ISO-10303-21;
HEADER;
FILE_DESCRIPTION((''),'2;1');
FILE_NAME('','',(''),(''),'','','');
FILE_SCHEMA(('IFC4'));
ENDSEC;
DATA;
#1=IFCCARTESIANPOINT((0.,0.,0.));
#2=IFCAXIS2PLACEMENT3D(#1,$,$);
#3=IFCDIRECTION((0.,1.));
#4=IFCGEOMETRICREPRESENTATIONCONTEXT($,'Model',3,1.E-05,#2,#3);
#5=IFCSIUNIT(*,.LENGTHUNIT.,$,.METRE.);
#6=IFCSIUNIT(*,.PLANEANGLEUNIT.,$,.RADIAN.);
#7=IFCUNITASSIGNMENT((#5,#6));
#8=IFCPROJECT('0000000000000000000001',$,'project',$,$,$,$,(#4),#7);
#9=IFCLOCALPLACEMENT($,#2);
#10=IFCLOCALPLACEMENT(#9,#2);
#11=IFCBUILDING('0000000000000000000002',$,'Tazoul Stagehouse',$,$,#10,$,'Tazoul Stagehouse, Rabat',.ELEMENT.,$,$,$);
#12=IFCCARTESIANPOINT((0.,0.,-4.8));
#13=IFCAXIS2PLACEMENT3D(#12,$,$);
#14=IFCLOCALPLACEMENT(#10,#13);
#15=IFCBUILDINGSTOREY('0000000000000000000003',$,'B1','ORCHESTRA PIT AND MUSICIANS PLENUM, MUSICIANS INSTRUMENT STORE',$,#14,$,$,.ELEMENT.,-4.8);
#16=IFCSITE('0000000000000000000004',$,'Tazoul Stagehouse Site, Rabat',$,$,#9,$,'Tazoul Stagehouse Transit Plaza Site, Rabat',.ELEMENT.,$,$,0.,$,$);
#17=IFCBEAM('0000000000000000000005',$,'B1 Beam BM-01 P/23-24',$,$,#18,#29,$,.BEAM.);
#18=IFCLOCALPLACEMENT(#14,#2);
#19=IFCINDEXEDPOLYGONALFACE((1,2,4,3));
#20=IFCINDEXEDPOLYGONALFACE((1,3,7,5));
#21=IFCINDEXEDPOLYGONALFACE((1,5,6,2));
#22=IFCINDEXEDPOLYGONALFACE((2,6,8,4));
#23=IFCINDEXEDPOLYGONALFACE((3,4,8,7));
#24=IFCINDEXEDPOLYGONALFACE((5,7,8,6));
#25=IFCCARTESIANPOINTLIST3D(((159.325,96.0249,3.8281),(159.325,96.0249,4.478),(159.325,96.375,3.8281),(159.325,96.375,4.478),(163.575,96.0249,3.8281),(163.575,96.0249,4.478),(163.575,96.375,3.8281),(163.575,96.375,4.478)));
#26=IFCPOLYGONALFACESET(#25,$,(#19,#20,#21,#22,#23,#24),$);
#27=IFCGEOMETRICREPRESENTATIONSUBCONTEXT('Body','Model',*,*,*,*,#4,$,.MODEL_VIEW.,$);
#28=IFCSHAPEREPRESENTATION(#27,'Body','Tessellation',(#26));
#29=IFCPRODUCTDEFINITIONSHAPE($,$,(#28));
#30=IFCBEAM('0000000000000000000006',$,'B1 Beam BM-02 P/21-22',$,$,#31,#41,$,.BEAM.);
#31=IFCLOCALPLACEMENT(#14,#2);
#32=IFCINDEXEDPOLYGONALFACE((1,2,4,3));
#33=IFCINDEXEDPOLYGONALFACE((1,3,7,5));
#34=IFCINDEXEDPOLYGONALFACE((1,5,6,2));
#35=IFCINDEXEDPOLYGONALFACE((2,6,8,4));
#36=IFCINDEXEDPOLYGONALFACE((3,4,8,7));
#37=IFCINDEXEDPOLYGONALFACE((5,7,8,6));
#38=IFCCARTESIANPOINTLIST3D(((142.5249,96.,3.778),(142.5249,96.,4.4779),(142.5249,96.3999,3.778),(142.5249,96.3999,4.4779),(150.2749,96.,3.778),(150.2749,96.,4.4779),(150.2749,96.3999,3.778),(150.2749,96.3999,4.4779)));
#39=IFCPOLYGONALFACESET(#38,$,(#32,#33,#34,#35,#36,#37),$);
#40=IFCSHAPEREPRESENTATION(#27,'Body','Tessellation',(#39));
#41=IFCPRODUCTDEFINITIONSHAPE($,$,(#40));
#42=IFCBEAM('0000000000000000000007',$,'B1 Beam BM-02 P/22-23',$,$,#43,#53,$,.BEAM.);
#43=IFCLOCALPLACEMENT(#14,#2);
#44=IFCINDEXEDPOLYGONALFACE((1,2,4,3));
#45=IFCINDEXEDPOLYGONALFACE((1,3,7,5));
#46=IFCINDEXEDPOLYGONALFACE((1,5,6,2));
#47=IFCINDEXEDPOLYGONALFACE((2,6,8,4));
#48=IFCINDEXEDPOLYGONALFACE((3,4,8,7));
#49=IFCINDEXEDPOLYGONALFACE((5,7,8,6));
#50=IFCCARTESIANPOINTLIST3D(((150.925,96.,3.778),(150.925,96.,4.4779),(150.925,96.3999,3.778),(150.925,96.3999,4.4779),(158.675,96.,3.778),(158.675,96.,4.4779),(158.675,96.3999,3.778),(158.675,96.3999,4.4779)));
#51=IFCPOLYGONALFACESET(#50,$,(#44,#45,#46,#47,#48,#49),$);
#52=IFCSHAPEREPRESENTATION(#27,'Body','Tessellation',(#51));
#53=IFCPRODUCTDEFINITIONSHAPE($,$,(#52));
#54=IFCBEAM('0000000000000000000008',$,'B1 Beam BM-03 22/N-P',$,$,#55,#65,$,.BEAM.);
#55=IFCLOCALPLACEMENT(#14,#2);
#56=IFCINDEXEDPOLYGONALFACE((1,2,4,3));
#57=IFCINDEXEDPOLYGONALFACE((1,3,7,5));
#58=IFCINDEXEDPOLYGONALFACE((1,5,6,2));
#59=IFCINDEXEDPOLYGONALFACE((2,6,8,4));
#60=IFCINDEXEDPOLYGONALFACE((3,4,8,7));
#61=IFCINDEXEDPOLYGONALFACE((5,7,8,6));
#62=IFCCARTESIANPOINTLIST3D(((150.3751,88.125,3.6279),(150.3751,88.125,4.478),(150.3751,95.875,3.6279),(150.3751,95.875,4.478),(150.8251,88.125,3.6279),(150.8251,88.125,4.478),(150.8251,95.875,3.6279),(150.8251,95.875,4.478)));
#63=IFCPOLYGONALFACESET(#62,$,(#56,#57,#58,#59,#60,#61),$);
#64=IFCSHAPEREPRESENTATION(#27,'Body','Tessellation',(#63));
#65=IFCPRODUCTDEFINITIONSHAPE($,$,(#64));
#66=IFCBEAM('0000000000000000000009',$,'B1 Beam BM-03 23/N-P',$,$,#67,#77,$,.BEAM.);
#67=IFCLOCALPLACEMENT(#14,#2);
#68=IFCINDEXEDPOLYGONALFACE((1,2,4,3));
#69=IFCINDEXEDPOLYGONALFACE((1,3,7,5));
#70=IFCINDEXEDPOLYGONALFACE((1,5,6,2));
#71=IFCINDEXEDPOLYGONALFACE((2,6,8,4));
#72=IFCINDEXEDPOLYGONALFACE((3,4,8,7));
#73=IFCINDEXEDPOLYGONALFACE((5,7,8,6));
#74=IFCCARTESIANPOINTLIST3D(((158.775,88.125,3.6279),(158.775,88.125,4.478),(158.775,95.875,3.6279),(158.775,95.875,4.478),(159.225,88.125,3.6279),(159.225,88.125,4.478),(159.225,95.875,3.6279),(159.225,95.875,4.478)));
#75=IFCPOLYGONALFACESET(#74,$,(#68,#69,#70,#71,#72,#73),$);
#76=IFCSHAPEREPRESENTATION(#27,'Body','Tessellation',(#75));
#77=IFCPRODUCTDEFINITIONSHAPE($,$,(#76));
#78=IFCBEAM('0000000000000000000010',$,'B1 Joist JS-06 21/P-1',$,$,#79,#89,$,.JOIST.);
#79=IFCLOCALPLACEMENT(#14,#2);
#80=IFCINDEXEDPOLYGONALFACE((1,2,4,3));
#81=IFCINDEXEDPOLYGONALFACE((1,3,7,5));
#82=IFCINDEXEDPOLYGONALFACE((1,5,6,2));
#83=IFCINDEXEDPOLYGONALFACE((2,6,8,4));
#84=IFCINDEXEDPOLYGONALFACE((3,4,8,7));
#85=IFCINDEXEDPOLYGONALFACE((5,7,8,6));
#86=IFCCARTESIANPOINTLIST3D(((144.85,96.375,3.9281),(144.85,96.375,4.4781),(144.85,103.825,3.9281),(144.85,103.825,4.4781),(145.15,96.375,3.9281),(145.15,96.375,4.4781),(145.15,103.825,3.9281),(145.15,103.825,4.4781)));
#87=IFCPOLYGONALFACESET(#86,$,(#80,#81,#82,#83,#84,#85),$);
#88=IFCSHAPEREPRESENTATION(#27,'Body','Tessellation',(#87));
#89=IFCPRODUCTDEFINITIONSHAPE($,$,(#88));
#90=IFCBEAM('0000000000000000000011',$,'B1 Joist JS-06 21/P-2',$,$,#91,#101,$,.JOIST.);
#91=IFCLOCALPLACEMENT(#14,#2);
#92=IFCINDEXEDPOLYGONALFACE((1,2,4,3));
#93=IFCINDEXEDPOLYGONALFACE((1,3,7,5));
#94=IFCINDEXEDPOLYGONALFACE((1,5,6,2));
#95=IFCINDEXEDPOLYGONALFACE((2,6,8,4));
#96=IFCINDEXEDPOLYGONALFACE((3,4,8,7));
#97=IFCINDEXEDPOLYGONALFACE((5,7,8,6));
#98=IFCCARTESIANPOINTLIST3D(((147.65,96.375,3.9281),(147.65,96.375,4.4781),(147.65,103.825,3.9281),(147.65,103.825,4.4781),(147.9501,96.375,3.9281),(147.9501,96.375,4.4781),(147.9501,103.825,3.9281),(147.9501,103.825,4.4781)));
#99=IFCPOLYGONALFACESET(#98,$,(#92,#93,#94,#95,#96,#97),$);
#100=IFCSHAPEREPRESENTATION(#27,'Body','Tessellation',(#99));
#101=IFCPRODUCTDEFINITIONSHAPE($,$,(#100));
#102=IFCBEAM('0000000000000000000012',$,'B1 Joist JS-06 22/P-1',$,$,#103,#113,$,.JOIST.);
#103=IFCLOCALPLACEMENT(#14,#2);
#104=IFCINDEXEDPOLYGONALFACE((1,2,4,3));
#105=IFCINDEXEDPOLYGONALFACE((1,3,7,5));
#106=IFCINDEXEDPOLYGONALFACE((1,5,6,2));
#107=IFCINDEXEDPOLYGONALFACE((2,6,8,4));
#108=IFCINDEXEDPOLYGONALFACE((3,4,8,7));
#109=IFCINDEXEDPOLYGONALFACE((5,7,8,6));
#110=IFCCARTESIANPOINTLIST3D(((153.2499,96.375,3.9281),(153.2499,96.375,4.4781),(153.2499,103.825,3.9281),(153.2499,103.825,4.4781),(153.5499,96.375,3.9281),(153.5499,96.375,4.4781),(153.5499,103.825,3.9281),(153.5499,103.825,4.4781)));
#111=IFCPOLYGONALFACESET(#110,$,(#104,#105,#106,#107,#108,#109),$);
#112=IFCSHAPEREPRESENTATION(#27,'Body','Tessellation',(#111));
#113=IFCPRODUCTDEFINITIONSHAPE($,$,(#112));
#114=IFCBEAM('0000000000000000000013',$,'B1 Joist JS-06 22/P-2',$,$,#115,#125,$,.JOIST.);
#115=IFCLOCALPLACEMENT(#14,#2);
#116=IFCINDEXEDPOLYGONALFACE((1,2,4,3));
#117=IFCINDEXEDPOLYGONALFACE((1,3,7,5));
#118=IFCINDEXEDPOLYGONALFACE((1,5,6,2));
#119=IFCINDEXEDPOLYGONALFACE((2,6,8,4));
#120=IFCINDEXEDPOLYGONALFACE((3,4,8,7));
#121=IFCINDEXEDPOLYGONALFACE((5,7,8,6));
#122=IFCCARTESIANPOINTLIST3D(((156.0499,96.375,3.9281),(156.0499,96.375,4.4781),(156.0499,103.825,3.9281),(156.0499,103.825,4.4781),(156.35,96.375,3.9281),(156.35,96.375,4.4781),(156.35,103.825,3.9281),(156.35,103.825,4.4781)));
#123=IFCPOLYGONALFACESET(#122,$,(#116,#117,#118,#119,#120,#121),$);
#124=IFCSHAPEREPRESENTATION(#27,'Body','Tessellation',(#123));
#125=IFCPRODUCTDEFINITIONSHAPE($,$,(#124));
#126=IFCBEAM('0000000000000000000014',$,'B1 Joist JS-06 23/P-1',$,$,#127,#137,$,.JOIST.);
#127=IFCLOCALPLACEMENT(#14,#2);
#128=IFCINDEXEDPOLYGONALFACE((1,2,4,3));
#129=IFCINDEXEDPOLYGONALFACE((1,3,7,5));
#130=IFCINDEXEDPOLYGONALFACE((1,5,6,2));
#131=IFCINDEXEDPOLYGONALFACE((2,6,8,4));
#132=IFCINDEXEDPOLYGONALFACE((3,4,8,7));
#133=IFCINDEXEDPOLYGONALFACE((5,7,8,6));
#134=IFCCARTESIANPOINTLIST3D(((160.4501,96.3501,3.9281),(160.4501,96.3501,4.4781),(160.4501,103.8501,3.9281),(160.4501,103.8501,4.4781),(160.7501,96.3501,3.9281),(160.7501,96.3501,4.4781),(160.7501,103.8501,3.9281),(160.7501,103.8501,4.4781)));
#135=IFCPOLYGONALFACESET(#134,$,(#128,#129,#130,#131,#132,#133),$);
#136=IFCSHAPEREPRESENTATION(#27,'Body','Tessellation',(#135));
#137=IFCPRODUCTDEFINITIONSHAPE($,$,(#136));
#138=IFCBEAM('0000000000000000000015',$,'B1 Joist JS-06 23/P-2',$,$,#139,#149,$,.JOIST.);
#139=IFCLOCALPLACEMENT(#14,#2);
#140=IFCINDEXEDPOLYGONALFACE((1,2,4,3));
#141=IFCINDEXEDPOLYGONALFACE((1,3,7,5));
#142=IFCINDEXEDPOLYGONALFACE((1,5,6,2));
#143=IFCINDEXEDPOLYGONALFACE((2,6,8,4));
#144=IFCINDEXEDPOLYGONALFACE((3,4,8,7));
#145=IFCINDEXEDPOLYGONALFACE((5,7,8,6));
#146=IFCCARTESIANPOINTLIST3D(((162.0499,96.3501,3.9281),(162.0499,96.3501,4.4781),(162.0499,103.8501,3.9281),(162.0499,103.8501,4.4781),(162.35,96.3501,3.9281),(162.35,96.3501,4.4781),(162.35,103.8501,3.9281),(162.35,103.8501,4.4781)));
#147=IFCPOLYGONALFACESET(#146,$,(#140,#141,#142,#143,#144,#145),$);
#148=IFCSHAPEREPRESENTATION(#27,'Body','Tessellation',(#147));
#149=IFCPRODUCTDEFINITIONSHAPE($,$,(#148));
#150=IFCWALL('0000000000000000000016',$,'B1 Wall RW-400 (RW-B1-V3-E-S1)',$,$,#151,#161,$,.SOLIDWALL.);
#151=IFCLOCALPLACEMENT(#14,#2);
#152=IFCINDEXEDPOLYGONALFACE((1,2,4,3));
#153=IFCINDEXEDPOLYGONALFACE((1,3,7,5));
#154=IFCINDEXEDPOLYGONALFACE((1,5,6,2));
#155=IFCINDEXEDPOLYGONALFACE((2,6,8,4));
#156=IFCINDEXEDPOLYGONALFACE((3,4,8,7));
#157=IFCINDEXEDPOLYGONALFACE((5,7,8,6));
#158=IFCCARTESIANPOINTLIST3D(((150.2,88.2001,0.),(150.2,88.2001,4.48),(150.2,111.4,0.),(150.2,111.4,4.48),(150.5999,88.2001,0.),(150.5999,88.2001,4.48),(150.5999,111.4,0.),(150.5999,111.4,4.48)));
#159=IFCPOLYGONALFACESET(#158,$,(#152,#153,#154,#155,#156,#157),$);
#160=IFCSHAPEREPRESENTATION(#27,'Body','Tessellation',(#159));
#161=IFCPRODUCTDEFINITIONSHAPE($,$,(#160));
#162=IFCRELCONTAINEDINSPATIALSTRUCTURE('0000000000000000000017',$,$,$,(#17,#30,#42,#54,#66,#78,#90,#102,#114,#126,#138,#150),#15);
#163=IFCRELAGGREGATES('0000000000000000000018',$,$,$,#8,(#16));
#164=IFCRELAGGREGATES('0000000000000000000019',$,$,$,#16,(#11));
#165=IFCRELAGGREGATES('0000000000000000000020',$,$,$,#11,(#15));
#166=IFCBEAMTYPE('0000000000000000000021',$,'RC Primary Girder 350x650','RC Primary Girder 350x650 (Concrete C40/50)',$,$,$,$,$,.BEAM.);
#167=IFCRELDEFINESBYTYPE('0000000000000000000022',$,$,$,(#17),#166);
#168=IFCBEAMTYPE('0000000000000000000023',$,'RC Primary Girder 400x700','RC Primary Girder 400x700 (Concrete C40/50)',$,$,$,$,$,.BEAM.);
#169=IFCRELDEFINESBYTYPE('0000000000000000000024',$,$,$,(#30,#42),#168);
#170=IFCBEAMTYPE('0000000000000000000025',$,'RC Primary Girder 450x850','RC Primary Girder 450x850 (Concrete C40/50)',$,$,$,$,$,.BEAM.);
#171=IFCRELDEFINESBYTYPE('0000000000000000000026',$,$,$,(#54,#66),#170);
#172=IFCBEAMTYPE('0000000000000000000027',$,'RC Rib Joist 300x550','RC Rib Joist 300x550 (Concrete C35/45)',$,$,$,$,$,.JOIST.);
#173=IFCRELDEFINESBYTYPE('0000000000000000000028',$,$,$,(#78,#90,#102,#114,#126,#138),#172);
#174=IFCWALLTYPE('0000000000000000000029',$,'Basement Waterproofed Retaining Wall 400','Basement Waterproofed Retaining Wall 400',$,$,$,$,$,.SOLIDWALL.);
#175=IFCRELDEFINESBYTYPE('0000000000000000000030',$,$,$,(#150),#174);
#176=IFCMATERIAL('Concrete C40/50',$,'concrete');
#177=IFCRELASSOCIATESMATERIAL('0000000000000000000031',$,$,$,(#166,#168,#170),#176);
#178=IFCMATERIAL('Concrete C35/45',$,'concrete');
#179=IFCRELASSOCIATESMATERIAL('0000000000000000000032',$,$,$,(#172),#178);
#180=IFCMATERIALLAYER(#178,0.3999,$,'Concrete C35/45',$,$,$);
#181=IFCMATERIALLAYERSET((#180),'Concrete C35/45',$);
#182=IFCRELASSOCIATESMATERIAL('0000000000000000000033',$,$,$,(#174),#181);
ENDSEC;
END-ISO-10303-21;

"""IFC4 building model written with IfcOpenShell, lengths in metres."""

from ifc_helpers import new_model, si_unit, direction, frame, frame_2d, origin, origin_2d, place, context, subcontext, project, spatial, rectangle, extrude, material, layer, layer_set, material_profile, profile_set, type_object, element, save


model = new_model("IFC4")

# Units and contexts
model_context = context("Model", 3, precision=1e-05, world=origin(), true_north=direction((0.0, 1.0)))
body_context = subcontext(model_context, "Body", "Model", "MODEL_VIEW")
ifc_project = project(units=[si_unit("LENGTHUNIT", "METRE"), si_unit("PLANEANGLEUNIT", "RADIAN")], contexts=[model_context])

# Site, building, storey
site_placement = place(None, origin())
site = spatial("IfcSite", under=ifc_project, at=site_placement, Name="Tazoul Stagehouse Site, Rabat", LongName="Tazoul Stagehouse Transit Plaza Site, Rabat", CompositionType="ELEMENT", RefElevation=0.0)
building_placement = place(site_placement, origin())
building = spatial("IfcBuilding", under=site, at=building_placement, Name="Tazoul Stagehouse", LongName="Tazoul Stagehouse, Rabat", CompositionType="ELEMENT")
storey_placement = place(building_placement, frame((0.0, 0.0, -4.8)))
storey = spatial("IfcBuildingStorey", under=building, at=storey_placement, Name="B1", Description="ORCHESTRA PIT AND MUSICIANS PLENUM, MUSICIANS INSTRUMENT STORE", CompositionType="ELEMENT", Elevation=-4.8)

# Shared definitions
ifc_material_1 = material(Name="Concrete C35/45", Category="concrete")

# Shared definitions
ifc_material_2 = material(Name="Concrete C40/50", Category="concrete")

# Beams
ifc_material_profile_1 = material_profile(ifc_material_2, rectangle(XDim=0.3501, YDim=0.6499, at=origin_2d()), Name="RC 350x650")
ifc_profile_set_1 = profile_set([ifc_material_profile_1], Name="Concrete C40/50")
beam_type_1 = type_object("IfcBeamType", Name="RC Primary Girder 350x650", Description="RC Primary Girder 350x650 (Concrete C40/50)", PredefinedType="BEAM", material=ifc_profile_set_1)
beam_1_placement = place(storey_placement, frame((159.325, 96.2, 4.1531), z_axis=(1.0, 0.0, 0.0), x_axis=(0.0, 1.0, 0.0)))
element("IfcBeam", 1, at=beam_1_placement, inside=storey, type_object=beam_type_1, Name="B1 Beam BM-01 P/23-24", PredefinedType="BEAM", context=body_context, shape_type="SweptSolid", body=[
    extrude(rectangle(XDim=0.3501, YDim=0.6499, at=origin_2d()), origin(), (0.0, 0.0, 1.0), 4.25),
])
ifc_material_profile_2 = material_profile(ifc_material_2, rectangle(XDim=0.3999, YDim=0.7, at=origin_2d()), Name="RC 400x700")
ifc_profile_set_2 = profile_set([ifc_material_profile_2], Name="Concrete C40/50")
beam_type_2 = type_object("IfcBeamType", Name="RC Primary Girder 400x700", Description="RC Primary Girder 400x700 (Concrete C40/50)", PredefinedType="BEAM", material=ifc_profile_set_2)
for number, where, z_axis, x_axis, name in (
    (2, (142.5249, 96.2, 4.1279), (1.0, 0.0, 0.0), (0.0, 1.0, 0.0), "B1 Beam BM-02 P/21-22"),
    (3, (150.925, 96.2, 4.1279), (1.0, 0.0, 0.0), (0.0, 1.0, 0.0), "B1 Beam BM-02 P/22-23"),
):
    element("IfcBeam", number, at=place(storey_placement, frame(where, z_axis=z_axis, x_axis=x_axis)), inside=storey, type_object=beam_type_2, Name=name, PredefinedType="BEAM", context=body_context, shape_type="SweptSolid", body=[
        extrude(rectangle(XDim=0.3999, YDim=0.7, at=origin_2d()), origin(), (0.0, 0.0, 1.0), 7.75),
    ])
ifc_material_profile_3 = material_profile(ifc_material_2, rectangle(XDim=0.45, YDim=0.8501, at=origin_2d()), Name="RC 450x850")
ifc_profile_set_3 = profile_set([ifc_material_profile_3], Name="Concrete C40/50")
beam_type_3 = type_object("IfcBeamType", Name="RC Primary Girder 450x850", Description="RC Primary Girder 450x850 (Concrete C40/50)", PredefinedType="BEAM", material=ifc_profile_set_3)
for number, where, z_axis, x_axis, name in (
    (4, (150.6001, 88.125, 4.053), (0.0, 1.0, 0.0), (-1.0, 0.0, 0.0), "B1 Beam BM-03 22/N-P"),
    (5, (159.0, 88.125, 4.053), (0.0, 1.0, 0.0), (-1.0, 0.0, 0.0), "B1 Beam BM-03 23/N-P"),
):
    element("IfcBeam", number, at=place(storey_placement, frame(where, z_axis=z_axis, x_axis=x_axis)), inside=storey, type_object=beam_type_3, Name=name, PredefinedType="BEAM", context=body_context, shape_type="SweptSolid", body=[
        extrude(rectangle(XDim=0.45, YDim=0.8501, at=origin_2d()), origin(), (0.0, 0.0, 1.0), 7.75),
    ])
ifc_material_profile_4 = material_profile(ifc_material_1, rectangle(XDim=0.3, YDim=0.55, at=origin_2d()), Name="RC 300x550")
ifc_profile_set_4 = profile_set([ifc_material_profile_4], Name="Concrete C35/45")
beam_type_4 = type_object("IfcBeamType", Name="RC Rib Joist 300x550", Description="RC Rib Joist 300x550 (Concrete C35/45)", PredefinedType="JOIST", material=ifc_profile_set_4)
for number, where, z_axis, x_axis, name in (
    (6, (145.0, 96.375, 4.2031), (0.0, 1.0, 0.0), (-1.0, 0.0, 0.0), "B1 Joist JS-06 21/P-1"),
    (7, (147.8, 96.375, 4.2031), (0.0, 1.0, 0.0), (-1.0, 0.0, 0.0), "B1 Joist JS-06 21/P-2"),
    (8, (153.3999, 96.375, 4.2031), (0.0, 1.0, 0.0), (-1.0, 0.0, 0.0), "B1 Joist JS-06 22/P-1"),
    (9, (156.2, 96.375, 4.2031), (0.0, 1.0, 0.0), (-1.0, 0.0, 0.0), "B1 Joist JS-06 22/P-2"),
):
    element("IfcBeam", number, at=place(storey_placement, frame(where, z_axis=z_axis, x_axis=x_axis)), inside=storey, type_object=beam_type_4, Name=name, PredefinedType="JOIST", context=body_context, shape_type="SweptSolid", body=[
        extrude(rectangle(XDim=0.3, YDim=0.55, at=origin_2d()), origin(), (0.0, 0.0, 1.0), 7.45),
    ])
for number, where, z_axis, x_axis, name in (
    (10, (160.6001, 96.3501, 4.2031), (0.0, 1.0, 0.0), (-1.0, 0.0, 0.0), "B1 Joist JS-06 23/P-1"),
    (11, (162.2, 96.3501, 4.2031), (0.0, 1.0, 0.0), (-1.0, 0.0, 0.0), "B1 Joist JS-06 23/P-2"),
):
    element("IfcBeam", number, at=place(storey_placement, frame(where, z_axis=z_axis, x_axis=x_axis)), inside=storey, type_object=beam_type_4, Name=name, PredefinedType="JOIST", context=body_context, shape_type="SweptSolid", body=[
        extrude(rectangle(XDim=0.3, YDim=0.55, at=origin_2d()), origin(), (0.0, 0.0, 1.0), 7.5),
    ])

# Wall
ifc_layer = layer(ifc_material_1, 0.3999, Name="Concrete C35/45")
ifc_layer_set = layer_set([ifc_layer], Name="Concrete C35/45")
wall_type = type_object("IfcWallType", Name="Basement Waterproofed Retaining Wall 400", Description="Basement Waterproofed Retaining Wall 400", PredefinedType="SOLIDWALL", material=ifc_layer_set)
wall_placement = place(storey_placement, frame((150.3999, 88.2, 0.0), z_axis=(0.0, 0.0, 1.0), x_axis=(0.0, 1.0, 0.0)))
element("IfcWall", 12, at=wall_placement, inside=storey, type_object=wall_type, Name="B1 Wall RW-400 (RW-B1-V3-E-S1)", PredefinedType="SOLIDWALL", context=body_context, shape_type="SweptSolid", body=[
    extrude(rectangle(XDim=23.2, YDim=0.3999, at=frame_2d((11.6001, 0.0))), origin(), (0.0, 0.0, 1.0), 4.48),
])

save(model, "model.ifc")
